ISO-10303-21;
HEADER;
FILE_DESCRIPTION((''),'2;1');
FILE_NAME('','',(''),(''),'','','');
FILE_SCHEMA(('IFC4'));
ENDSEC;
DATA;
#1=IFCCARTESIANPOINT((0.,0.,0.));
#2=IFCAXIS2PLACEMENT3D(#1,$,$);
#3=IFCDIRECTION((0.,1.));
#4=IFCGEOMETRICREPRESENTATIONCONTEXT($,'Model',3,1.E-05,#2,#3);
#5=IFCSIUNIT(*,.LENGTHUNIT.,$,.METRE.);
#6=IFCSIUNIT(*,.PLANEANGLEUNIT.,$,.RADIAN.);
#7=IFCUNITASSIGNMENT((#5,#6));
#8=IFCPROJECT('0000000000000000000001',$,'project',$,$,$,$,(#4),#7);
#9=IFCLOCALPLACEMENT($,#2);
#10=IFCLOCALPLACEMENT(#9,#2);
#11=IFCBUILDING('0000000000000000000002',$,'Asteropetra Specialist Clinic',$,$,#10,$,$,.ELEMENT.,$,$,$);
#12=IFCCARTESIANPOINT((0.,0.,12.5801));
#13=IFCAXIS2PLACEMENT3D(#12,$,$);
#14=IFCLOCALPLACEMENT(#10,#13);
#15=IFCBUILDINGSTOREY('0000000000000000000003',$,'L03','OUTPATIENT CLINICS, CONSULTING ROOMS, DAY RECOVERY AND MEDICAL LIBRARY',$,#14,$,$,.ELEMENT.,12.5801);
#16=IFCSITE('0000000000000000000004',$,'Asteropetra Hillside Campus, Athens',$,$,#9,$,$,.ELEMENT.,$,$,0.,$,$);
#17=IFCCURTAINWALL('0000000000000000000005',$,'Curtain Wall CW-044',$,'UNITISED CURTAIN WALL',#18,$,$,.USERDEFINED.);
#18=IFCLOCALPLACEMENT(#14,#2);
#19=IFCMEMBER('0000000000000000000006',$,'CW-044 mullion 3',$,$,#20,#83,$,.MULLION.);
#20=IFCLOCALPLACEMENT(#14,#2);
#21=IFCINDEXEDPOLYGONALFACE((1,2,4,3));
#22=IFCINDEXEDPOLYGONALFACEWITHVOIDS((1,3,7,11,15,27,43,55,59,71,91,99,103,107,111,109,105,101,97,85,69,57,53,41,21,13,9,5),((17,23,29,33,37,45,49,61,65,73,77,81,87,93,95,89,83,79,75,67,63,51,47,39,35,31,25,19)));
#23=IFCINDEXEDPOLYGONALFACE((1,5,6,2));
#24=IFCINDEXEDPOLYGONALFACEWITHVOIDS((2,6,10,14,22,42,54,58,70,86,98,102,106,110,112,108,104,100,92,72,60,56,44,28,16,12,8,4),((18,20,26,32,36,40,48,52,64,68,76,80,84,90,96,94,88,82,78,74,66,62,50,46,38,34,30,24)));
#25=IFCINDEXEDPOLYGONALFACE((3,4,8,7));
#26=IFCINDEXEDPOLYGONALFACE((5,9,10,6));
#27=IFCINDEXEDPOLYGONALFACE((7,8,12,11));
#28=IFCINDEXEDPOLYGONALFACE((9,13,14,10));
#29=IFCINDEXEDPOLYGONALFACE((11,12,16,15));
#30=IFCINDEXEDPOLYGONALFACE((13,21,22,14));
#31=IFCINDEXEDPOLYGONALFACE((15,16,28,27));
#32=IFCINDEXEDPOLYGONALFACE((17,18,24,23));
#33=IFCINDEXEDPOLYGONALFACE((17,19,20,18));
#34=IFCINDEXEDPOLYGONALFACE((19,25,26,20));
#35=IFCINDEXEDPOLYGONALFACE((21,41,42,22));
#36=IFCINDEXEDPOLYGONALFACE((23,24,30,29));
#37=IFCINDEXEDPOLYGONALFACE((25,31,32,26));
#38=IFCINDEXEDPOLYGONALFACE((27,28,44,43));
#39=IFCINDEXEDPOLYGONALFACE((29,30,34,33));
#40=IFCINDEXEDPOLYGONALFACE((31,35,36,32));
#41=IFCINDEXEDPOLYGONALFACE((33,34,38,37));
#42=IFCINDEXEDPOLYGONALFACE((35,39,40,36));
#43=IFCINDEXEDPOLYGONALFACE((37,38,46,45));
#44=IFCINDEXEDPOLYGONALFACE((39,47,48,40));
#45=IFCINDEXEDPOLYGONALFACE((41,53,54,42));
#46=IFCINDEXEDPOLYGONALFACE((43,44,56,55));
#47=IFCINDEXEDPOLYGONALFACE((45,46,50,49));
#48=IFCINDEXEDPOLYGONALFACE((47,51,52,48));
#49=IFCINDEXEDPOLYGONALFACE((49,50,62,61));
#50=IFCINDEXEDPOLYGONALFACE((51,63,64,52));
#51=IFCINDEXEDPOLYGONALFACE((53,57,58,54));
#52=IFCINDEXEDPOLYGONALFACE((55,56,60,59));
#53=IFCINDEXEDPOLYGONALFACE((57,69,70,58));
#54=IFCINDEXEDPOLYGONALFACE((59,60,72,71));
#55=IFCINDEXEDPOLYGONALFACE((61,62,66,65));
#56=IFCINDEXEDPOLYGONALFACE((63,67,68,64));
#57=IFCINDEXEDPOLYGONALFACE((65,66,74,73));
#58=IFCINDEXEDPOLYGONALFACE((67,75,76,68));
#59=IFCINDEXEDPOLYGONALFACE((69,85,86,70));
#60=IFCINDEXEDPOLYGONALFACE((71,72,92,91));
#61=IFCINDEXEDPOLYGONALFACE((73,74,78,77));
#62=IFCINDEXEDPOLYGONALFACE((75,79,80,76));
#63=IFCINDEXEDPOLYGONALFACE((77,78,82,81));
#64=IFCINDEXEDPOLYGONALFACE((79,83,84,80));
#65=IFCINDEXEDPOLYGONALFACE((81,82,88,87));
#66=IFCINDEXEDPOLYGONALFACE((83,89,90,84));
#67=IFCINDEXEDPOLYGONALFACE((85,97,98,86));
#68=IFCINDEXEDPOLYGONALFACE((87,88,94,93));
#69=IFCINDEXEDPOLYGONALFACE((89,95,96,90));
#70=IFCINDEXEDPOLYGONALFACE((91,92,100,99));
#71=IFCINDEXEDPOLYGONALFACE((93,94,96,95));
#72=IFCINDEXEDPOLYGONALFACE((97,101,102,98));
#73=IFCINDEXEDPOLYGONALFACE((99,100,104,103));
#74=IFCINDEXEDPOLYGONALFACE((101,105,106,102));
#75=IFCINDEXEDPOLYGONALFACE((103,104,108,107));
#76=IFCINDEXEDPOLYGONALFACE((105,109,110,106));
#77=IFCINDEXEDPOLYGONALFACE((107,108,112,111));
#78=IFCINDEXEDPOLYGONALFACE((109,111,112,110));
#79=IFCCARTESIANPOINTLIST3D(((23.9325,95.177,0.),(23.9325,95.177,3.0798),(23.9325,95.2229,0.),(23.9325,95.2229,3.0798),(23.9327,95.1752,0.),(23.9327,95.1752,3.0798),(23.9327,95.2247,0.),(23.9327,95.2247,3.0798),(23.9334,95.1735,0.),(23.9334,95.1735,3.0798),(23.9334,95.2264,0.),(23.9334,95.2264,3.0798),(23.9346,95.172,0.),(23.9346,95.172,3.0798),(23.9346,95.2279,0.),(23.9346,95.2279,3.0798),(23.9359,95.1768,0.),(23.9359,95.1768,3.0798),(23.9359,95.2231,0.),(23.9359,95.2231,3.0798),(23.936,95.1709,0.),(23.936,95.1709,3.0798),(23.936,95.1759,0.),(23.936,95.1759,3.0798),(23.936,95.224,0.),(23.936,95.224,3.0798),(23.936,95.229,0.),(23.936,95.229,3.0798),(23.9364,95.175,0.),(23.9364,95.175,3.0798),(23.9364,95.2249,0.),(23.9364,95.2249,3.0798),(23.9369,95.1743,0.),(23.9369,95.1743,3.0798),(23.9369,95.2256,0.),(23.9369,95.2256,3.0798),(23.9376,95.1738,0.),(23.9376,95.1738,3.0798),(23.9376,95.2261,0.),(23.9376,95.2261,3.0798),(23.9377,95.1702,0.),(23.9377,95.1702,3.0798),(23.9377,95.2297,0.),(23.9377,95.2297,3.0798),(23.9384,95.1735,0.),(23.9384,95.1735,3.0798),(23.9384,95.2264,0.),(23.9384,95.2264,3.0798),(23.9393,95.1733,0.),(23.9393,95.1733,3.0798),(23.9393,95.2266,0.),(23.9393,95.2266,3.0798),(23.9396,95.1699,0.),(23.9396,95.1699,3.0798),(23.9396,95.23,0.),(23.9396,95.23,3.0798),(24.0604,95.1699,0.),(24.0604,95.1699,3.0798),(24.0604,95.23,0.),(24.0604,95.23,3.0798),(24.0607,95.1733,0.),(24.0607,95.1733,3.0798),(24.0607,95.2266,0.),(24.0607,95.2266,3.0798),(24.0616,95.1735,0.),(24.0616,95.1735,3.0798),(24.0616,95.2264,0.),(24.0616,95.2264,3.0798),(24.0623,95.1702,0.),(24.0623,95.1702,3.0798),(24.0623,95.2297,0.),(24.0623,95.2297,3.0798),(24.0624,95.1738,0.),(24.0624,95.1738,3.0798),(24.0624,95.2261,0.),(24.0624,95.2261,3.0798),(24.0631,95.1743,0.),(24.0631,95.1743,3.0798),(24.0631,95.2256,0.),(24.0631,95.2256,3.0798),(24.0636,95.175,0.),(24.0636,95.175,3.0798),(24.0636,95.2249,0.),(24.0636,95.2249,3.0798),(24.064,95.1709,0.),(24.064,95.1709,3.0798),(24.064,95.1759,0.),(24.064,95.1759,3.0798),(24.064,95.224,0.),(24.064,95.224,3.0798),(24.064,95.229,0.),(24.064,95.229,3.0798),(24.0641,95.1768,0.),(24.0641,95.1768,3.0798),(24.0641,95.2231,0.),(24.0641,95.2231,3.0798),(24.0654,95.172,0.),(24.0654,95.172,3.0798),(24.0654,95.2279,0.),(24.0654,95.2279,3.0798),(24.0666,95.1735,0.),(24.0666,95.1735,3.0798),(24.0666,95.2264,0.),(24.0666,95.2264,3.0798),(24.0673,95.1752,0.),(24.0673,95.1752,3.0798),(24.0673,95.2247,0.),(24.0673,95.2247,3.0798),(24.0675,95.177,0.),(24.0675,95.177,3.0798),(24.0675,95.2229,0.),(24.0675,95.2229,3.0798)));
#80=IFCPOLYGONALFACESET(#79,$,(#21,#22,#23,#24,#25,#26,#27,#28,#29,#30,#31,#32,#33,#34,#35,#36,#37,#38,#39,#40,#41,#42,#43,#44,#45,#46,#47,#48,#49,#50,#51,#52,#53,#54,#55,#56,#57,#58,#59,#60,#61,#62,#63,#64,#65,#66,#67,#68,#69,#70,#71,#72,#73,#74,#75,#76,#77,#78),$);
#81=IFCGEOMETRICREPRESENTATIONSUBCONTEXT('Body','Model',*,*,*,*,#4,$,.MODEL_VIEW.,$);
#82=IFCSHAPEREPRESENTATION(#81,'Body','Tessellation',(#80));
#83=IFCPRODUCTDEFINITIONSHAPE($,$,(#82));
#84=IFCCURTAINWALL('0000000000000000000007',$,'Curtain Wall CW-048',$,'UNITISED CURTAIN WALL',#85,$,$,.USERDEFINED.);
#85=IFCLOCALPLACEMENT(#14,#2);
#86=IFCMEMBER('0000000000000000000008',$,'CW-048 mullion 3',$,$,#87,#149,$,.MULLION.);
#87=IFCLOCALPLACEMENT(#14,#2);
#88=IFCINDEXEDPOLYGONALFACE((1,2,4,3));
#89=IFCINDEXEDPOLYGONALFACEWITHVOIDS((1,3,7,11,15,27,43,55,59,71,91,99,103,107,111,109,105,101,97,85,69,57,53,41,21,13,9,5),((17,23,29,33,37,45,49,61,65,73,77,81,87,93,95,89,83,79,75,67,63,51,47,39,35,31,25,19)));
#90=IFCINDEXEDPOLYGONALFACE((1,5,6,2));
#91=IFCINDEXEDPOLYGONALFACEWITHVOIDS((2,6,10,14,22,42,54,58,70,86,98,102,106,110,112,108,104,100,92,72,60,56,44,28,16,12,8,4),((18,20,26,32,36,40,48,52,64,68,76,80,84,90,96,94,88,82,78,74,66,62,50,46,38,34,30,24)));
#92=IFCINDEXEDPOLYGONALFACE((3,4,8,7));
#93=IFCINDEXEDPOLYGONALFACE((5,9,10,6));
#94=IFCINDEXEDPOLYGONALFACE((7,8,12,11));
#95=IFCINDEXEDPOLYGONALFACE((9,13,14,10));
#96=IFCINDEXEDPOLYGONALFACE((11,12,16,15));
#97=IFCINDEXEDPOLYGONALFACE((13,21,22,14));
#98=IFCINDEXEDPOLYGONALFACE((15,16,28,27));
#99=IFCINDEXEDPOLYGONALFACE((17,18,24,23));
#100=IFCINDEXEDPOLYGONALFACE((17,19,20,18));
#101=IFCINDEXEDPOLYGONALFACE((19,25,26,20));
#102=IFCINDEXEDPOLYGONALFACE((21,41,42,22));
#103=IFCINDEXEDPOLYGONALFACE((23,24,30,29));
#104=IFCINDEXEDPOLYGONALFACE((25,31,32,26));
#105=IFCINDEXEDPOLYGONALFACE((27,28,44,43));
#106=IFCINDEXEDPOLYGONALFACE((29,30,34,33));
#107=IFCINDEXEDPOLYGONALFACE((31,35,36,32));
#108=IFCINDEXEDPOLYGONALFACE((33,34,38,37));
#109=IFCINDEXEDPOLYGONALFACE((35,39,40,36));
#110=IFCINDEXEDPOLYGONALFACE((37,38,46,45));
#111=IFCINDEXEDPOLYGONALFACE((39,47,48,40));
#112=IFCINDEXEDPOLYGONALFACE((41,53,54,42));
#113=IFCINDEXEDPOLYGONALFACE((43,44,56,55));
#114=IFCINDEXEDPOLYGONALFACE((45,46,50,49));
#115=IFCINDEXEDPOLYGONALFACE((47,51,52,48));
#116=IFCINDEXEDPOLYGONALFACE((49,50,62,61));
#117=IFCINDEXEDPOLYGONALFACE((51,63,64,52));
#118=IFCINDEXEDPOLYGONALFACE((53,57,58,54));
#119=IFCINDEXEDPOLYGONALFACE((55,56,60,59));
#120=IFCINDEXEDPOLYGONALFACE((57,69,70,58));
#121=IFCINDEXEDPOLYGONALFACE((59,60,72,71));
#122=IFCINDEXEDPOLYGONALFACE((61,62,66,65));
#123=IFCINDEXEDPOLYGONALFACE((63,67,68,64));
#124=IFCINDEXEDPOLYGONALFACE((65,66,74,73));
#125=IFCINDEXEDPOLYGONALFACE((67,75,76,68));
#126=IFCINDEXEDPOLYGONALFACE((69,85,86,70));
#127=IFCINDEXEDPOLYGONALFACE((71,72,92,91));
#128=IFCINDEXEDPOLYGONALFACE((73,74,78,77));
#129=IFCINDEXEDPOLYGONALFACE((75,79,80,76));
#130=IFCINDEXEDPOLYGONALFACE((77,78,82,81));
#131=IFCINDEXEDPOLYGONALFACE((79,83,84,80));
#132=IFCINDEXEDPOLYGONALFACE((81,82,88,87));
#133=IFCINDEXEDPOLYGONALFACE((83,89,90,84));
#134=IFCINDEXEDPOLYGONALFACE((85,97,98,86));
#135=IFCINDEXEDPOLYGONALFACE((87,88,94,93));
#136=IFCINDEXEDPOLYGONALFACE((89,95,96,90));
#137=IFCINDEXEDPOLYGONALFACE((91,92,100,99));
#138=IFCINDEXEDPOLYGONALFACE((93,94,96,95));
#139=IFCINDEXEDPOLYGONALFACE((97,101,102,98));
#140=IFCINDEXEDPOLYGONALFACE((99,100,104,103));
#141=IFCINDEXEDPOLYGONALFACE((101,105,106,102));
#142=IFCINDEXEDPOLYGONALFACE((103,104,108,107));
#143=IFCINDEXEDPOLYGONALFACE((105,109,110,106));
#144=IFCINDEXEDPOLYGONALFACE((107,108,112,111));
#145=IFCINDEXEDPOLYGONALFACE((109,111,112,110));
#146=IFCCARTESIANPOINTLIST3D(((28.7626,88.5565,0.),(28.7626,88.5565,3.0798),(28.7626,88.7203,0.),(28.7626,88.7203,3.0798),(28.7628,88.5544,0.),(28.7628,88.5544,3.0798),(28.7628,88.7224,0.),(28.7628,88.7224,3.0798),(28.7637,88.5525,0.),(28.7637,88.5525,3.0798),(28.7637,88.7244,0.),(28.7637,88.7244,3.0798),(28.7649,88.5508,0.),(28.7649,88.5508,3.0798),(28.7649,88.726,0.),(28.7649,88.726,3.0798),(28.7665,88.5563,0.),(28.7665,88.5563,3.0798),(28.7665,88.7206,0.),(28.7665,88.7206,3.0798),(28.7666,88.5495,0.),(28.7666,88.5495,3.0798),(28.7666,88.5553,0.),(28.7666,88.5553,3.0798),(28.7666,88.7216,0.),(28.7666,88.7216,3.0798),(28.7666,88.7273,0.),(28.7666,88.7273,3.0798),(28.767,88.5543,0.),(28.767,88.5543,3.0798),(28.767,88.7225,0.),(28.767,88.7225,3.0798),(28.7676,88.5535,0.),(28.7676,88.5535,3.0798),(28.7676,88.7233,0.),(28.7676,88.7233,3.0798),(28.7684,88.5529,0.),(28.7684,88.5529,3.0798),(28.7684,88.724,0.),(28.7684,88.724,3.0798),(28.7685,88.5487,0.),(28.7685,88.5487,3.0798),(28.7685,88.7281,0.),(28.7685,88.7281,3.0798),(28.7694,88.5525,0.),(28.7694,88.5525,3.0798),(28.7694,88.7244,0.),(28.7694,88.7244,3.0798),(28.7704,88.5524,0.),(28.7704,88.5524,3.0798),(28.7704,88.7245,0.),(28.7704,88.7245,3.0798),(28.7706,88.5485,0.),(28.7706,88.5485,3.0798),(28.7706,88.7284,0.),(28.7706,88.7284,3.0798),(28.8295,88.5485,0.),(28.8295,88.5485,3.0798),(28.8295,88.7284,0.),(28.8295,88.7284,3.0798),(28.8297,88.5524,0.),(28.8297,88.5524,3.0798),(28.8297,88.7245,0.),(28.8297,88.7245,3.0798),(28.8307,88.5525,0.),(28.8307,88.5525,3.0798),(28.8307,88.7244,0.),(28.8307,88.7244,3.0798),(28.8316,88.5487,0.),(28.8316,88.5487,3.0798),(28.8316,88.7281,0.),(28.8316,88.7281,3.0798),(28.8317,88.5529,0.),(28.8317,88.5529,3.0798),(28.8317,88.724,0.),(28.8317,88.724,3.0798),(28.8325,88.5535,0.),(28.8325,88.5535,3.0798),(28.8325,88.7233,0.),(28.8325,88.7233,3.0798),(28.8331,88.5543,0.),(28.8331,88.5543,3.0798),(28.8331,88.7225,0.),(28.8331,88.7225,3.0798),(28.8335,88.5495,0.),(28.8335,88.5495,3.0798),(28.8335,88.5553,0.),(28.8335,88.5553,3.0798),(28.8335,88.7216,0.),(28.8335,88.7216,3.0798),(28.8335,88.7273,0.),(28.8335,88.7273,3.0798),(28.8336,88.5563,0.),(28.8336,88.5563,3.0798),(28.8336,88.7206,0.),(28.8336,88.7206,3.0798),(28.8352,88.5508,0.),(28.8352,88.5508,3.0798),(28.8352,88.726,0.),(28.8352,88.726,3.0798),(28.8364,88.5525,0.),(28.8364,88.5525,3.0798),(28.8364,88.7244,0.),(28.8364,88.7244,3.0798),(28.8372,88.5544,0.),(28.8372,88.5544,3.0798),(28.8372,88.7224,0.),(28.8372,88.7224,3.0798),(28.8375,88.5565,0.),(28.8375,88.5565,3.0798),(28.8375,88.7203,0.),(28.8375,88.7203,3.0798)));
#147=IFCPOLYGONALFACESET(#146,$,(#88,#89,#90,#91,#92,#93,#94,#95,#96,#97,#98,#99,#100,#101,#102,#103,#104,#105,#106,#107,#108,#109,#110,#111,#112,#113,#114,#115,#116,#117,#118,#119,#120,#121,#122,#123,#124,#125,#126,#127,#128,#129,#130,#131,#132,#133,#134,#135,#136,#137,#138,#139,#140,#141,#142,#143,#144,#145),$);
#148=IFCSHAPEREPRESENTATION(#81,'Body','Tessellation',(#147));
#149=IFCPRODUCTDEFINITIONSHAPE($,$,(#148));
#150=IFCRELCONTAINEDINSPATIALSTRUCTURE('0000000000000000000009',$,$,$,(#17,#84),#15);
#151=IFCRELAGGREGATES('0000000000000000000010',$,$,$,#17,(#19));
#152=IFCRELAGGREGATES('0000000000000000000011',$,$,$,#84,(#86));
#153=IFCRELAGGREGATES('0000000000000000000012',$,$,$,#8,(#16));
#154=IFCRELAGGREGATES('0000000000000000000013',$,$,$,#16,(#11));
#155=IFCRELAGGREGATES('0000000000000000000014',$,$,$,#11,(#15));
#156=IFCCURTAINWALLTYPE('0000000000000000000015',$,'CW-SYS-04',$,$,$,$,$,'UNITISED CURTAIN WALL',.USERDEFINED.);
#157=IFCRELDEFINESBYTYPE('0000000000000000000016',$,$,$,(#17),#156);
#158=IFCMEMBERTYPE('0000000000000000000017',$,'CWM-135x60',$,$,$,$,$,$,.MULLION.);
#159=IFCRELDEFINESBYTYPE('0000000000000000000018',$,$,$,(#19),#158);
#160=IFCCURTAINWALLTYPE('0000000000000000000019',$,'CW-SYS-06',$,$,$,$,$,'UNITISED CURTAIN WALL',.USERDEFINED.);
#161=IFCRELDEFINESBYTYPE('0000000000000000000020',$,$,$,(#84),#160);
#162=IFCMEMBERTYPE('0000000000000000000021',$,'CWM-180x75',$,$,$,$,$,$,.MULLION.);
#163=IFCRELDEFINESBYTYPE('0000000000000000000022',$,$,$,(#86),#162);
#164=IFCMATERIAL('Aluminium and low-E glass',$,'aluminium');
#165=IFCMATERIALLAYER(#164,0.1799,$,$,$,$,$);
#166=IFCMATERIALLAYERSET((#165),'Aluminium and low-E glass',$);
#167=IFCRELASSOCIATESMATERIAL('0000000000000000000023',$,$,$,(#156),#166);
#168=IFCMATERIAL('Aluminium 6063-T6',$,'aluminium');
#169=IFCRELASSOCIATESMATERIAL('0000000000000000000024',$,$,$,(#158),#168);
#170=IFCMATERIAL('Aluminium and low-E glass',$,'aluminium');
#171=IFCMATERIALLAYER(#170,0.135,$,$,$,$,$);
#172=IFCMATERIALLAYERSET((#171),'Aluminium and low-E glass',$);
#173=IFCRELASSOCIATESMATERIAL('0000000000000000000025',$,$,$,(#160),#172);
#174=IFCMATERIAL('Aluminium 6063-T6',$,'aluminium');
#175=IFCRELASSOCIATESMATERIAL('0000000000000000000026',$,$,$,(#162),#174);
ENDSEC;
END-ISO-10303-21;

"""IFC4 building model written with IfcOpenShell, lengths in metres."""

from ifc_helpers import new_model, si_unit, direction, frame, origin, origin_2d, place, context, subcontext, project, spatial, hollow_rectangle, extrude, material, layer, layer_set, material_profile, profile_set, type_object, element, aggregate, save


model = new_model("IFC4")

# Units and contexts
model_context = context("Model", 3, precision=1e-05, world=origin(), true_north=direction((0.0, 1.0)))
body_context = subcontext(model_context, "Body", "Model", "MODEL_VIEW")
ifc_project = project(units=[si_unit("LENGTHUNIT", "METRE"), si_unit("PLANEANGLEUNIT", "RADIAN")], contexts=[model_context])

# Site, building, storey
site_placement = place(None, origin())
site = spatial("IfcSite", under=ifc_project, at=site_placement, Name="Asteropetra Hillside Campus, Athens", CompositionType="ELEMENT", RefElevation=0.0)
building_placement = place(site_placement, origin())
building = spatial("IfcBuilding", under=site, at=building_placement, Name="Asteropetra Specialist Clinic", CompositionType="ELEMENT")
storey_placement = place(building_placement, frame((0.0, 0.0, 12.5801)))
storey = spatial("IfcBuildingStorey", under=building, at=storey_placement, Name="L03", Description="OUTPATIENT CLINICS, CONSULTING ROOMS, DAY RECOVERY AND MEDICAL LIBRARY", CompositionType="ELEMENT", Elevation=12.5801)

# Curtain wall, member
ifc_material_1 = material(Name="Aluminium and low-E glass", Category="aluminium")
ifc_layer_1 = layer(ifc_material_1, 0.1799)
ifc_layer_set_1 = layer_set([ifc_layer_1], Name="Aluminium and low-E glass")
curtain_wall_type_1 = type_object("IfcCurtainWallType", Name="CW-SYS-04", ElementType="UNITISED CURTAIN WALL", PredefinedType="USERDEFINED", material=ifc_layer_set_1)
curtain_wall_1_placement = place(storey_placement, origin())
curtain_wall_1 = element("IfcCurtainWall", 1, at=curtain_wall_1_placement, inside=storey, type_object=curtain_wall_type_1, Name="Curtain Wall CW-044", ObjectType="UNITISED CURTAIN WALL", PredefinedType="USERDEFINED")
ifc_material_2 = material(Name="Aluminium 6063-T6", Category="aluminium")
ifc_material_profile_1 = material_profile(ifc_material_2, hollow_rectangle(XDim=0.0601, YDim=0.135, WallThickness=0.0034, InnerFilletRadius=0.0034, OuterFilletRadius=0.0071, at=origin_2d()), Name="MUL 135x60x3.5")
ifc_profile_set_1 = profile_set([ifc_material_profile_1], Name="Aluminium 6063-T6")
member_type_1 = type_object("IfcMemberType", Name="CWM-135x60", PredefinedType="MULLION", material=ifc_profile_set_1)
member_1_placement = place(storey_placement, frame((24.0, 95.2, 0.0), z_axis=(0.0, 0.0, 1.0), x_axis=(0.0, -1.0, 0.0)))
member_1 = element("IfcMember", 2, at=member_1_placement, type_object=member_type_1, Name="CW-044 mullion 3", PredefinedType="MULLION", context=body_context, shape_type="SweptSolid", body=[
    extrude(hollow_rectangle(XDim=0.0601, YDim=0.135, WallThickness=0.0034, InnerFilletRadius=0.0034, OuterFilletRadius=0.0071, at=origin_2d()), origin(), (0.0, 0.0, 1.0), 3.0798),
])

# Curtain wall, member
ifc_material_3 = material(Name="Aluminium and low-E glass", Category="aluminium")
ifc_layer_2 = layer(ifc_material_3, 0.135)
ifc_layer_set_2 = layer_set([ifc_layer_2], Name="Aluminium and low-E glass")
curtain_wall_type_2 = type_object("IfcCurtainWallType", Name="CW-SYS-06", ElementType="UNITISED CURTAIN WALL", PredefinedType="USERDEFINED", material=ifc_layer_set_2)
curtain_wall_2_placement = place(storey_placement, origin())
curtain_wall_2 = element("IfcCurtainWall", 3, at=curtain_wall_2_placement, inside=storey, type_object=curtain_wall_type_2, Name="Curtain Wall CW-048", ObjectType="UNITISED CURTAIN WALL", PredefinedType="USERDEFINED")
ifc_material_4 = material(Name="Aluminium 6063-T6", Category="aluminium")
ifc_material_profile_2 = material_profile(ifc_material_4, hollow_rectangle(XDim=0.075, YDim=0.1799, WallThickness=0.0039, InnerFilletRadius=0.0039, OuterFilletRadius=0.0081, at=origin_2d()), Name="MUL 180x75x4.0")
ifc_profile_set_2 = profile_set([ifc_material_profile_2], Name="Aluminium 6063-T6")
member_type_2 = type_object("IfcMemberType", Name="CWM-180x75", PredefinedType="MULLION", material=ifc_profile_set_2)
member_2_placement = place(storey_placement, frame((28.8, 88.6384, 0.0), z_axis=(0.0, 0.0, 1.0), x_axis=(-1.0, 0.0, 0.0)))
member_2 = element("IfcMember", 4, at=member_2_placement, type_object=member_type_2, Name="CW-048 mullion 3", PredefinedType="MULLION", context=body_context, shape_type="SweptSolid", body=[
    extrude(hollow_rectangle(XDim=0.075, YDim=0.1799, WallThickness=0.0039, InnerFilletRadius=0.0039, OuterFilletRadius=0.0081, at=origin_2d()), origin(), (0.0, 0.0, 1.0), 3.0798),
])

aggregate(curtain_wall_1, [member_1])
aggregate(curtain_wall_2, [member_2])

save(model, "model.ifc")
